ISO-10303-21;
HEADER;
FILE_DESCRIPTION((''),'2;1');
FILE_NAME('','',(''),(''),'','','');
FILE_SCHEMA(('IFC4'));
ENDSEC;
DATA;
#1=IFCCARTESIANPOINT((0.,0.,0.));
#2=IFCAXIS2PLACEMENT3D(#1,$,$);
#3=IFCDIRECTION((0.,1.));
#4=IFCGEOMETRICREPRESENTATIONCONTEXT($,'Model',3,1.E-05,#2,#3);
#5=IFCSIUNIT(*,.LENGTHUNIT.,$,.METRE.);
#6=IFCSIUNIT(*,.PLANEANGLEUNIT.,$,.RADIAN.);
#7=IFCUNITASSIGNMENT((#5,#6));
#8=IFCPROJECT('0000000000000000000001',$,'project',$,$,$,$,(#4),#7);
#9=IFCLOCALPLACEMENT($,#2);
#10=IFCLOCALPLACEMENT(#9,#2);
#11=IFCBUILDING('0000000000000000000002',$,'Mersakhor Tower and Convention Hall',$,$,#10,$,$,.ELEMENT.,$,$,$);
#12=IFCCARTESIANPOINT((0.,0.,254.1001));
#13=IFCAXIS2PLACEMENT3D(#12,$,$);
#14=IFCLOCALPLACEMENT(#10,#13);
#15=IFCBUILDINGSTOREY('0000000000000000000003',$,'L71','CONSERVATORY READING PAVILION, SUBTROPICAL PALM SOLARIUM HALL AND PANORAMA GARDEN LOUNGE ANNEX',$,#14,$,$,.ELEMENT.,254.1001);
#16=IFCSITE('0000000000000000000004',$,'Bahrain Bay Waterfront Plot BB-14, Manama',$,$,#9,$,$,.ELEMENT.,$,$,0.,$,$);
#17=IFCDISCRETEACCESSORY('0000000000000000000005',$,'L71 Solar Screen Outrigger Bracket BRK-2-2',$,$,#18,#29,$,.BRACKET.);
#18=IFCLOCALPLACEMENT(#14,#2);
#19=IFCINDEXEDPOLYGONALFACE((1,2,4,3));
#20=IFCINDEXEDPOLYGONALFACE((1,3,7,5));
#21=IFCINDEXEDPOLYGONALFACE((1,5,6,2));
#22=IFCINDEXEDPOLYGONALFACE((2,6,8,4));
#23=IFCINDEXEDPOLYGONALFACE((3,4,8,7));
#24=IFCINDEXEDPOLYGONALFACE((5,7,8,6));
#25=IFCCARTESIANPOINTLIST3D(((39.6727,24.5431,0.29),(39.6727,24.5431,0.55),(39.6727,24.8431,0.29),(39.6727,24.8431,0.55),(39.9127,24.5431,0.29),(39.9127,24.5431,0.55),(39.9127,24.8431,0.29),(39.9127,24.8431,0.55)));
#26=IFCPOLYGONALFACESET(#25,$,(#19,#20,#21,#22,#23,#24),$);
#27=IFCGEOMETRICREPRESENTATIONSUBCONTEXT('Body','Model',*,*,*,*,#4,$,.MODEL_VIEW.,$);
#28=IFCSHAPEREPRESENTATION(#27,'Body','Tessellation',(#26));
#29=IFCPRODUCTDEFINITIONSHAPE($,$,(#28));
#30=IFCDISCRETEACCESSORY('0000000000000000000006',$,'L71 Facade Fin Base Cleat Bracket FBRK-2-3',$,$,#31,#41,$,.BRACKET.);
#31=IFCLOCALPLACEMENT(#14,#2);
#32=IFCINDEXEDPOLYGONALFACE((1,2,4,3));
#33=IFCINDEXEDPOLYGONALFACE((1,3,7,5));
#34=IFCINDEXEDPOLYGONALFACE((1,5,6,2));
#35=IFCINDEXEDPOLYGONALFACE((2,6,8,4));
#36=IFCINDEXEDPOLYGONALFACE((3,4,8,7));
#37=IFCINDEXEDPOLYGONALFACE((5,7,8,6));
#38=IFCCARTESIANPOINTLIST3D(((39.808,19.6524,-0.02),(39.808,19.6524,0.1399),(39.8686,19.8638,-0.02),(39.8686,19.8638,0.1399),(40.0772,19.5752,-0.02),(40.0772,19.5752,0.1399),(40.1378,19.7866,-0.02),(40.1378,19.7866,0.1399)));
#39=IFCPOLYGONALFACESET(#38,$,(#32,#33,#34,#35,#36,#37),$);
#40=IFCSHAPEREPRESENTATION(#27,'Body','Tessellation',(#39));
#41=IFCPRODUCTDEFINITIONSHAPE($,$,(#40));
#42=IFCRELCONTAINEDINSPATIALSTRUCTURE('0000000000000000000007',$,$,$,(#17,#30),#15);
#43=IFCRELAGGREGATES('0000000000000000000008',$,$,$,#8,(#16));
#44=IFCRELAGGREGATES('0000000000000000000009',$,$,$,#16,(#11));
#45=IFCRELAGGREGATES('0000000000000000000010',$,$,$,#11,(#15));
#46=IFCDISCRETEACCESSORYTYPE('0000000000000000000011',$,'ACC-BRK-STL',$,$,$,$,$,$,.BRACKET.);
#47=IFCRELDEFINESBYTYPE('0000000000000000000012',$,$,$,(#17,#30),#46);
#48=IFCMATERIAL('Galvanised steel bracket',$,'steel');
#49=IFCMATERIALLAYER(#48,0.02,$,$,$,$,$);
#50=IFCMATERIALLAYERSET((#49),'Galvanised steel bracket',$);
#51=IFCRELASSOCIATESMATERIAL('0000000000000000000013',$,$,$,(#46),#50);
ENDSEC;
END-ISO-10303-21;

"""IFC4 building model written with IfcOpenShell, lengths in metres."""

from ifc_helpers import new_model, si_unit, direction, frame, origin, origin_2d, place, context, subcontext, project, spatial, rectangle, extrude, material, layer, layer_set, type_object, element, save


model = new_model("IFC4")

# Units and contexts
model_context = context("Model", 3, precision=1e-05, world=origin(), true_north=direction((0.0, 1.0)))
body_context = subcontext(model_context, "Body", "Model", "MODEL_VIEW")
ifc_project = project(units=[si_unit("LENGTHUNIT", "METRE"), si_unit("PLANEANGLEUNIT", "RADIAN")], contexts=[model_context])

# Site, building, storey
site_placement = place(None, origin())
site = spatial("IfcSite", under=ifc_project, at=site_placement, Name="Bahrain Bay Waterfront Plot BB-14, Manama", CompositionType="ELEMENT", RefElevation=0.0)
building_placement = place(site_placement, origin())
building = spatial("IfcBuilding", under=site, at=building_placement, Name="Mersakhor Tower and Convention Hall", CompositionType="ELEMENT")
storey_placement = place(building_placement, frame((0.0, 0.0, 254.1001)))
storey = spatial("IfcBuildingStorey", under=building, at=storey_placement, Name="L71", Description="CONSERVATORY READING PAVILION, SUBTROPICAL PALM SOLARIUM HALL AND PANORAMA GARDEN LOUNGE ANNEX", CompositionType="ELEMENT", Elevation=254.1001)

# Discrete accessories
ifc_material_1 = material(Name="Galvanised steel bracket", Category="steel")
ifc_layer_1 = layer(ifc_material_1, 0.02)
ifc_layer_set_1 = layer_set([ifc_layer_1], Name="Galvanised steel bracket")
discrete_accessory_type = type_object("IfcDiscreteAccessoryType", Name="ACC-BRK-STL", PredefinedType="BRACKET", material=ifc_layer_set_1)
discrete_accessory_1_placement = place(storey_placement, frame((39.7927, 24.6931, 0.29), z_axis=(0.0, 0.0, 1.0), x_axis=(0.0, -1.0, 0.0)))
element("IfcDiscreteAccessory", 1, at=discrete_accessory_1_placement, inside=storey, type_object=discrete_accessory_type, Name="L71 Solar Screen Outrigger Bracket BRK-2-2", PredefinedType="BRACKET", context=body_context, shape_type="SweptSolid", body=[
    extrude(rectangle(XDim=0.3, YDim=0.24, at=origin_2d()), origin(), (0.0, 0.0, 1.0), 0.26),
])
discrete_accessory_2_placement = place(storey_placement, frame((39.9729, 19.7195, -0.02), z_axis=(0.0, 0.0, 1.0), x_axis=(0.961262, -0.275637, 0.0)))
element("IfcDiscreteAccessory", 2, at=discrete_accessory_2_placement, inside=storey, type_object=discrete_accessory_type, Name="L71 Facade Fin Base Cleat Bracket FBRK-2-3", PredefinedType="BRACKET", context=body_context, shape_type="SweptSolid", body=[
    extrude(rectangle(XDim=0.28, YDim=0.22, at=origin_2d()), origin(), (0.0, 0.0, 1.0), 0.1599),
])

save(model, "model.ifc")
